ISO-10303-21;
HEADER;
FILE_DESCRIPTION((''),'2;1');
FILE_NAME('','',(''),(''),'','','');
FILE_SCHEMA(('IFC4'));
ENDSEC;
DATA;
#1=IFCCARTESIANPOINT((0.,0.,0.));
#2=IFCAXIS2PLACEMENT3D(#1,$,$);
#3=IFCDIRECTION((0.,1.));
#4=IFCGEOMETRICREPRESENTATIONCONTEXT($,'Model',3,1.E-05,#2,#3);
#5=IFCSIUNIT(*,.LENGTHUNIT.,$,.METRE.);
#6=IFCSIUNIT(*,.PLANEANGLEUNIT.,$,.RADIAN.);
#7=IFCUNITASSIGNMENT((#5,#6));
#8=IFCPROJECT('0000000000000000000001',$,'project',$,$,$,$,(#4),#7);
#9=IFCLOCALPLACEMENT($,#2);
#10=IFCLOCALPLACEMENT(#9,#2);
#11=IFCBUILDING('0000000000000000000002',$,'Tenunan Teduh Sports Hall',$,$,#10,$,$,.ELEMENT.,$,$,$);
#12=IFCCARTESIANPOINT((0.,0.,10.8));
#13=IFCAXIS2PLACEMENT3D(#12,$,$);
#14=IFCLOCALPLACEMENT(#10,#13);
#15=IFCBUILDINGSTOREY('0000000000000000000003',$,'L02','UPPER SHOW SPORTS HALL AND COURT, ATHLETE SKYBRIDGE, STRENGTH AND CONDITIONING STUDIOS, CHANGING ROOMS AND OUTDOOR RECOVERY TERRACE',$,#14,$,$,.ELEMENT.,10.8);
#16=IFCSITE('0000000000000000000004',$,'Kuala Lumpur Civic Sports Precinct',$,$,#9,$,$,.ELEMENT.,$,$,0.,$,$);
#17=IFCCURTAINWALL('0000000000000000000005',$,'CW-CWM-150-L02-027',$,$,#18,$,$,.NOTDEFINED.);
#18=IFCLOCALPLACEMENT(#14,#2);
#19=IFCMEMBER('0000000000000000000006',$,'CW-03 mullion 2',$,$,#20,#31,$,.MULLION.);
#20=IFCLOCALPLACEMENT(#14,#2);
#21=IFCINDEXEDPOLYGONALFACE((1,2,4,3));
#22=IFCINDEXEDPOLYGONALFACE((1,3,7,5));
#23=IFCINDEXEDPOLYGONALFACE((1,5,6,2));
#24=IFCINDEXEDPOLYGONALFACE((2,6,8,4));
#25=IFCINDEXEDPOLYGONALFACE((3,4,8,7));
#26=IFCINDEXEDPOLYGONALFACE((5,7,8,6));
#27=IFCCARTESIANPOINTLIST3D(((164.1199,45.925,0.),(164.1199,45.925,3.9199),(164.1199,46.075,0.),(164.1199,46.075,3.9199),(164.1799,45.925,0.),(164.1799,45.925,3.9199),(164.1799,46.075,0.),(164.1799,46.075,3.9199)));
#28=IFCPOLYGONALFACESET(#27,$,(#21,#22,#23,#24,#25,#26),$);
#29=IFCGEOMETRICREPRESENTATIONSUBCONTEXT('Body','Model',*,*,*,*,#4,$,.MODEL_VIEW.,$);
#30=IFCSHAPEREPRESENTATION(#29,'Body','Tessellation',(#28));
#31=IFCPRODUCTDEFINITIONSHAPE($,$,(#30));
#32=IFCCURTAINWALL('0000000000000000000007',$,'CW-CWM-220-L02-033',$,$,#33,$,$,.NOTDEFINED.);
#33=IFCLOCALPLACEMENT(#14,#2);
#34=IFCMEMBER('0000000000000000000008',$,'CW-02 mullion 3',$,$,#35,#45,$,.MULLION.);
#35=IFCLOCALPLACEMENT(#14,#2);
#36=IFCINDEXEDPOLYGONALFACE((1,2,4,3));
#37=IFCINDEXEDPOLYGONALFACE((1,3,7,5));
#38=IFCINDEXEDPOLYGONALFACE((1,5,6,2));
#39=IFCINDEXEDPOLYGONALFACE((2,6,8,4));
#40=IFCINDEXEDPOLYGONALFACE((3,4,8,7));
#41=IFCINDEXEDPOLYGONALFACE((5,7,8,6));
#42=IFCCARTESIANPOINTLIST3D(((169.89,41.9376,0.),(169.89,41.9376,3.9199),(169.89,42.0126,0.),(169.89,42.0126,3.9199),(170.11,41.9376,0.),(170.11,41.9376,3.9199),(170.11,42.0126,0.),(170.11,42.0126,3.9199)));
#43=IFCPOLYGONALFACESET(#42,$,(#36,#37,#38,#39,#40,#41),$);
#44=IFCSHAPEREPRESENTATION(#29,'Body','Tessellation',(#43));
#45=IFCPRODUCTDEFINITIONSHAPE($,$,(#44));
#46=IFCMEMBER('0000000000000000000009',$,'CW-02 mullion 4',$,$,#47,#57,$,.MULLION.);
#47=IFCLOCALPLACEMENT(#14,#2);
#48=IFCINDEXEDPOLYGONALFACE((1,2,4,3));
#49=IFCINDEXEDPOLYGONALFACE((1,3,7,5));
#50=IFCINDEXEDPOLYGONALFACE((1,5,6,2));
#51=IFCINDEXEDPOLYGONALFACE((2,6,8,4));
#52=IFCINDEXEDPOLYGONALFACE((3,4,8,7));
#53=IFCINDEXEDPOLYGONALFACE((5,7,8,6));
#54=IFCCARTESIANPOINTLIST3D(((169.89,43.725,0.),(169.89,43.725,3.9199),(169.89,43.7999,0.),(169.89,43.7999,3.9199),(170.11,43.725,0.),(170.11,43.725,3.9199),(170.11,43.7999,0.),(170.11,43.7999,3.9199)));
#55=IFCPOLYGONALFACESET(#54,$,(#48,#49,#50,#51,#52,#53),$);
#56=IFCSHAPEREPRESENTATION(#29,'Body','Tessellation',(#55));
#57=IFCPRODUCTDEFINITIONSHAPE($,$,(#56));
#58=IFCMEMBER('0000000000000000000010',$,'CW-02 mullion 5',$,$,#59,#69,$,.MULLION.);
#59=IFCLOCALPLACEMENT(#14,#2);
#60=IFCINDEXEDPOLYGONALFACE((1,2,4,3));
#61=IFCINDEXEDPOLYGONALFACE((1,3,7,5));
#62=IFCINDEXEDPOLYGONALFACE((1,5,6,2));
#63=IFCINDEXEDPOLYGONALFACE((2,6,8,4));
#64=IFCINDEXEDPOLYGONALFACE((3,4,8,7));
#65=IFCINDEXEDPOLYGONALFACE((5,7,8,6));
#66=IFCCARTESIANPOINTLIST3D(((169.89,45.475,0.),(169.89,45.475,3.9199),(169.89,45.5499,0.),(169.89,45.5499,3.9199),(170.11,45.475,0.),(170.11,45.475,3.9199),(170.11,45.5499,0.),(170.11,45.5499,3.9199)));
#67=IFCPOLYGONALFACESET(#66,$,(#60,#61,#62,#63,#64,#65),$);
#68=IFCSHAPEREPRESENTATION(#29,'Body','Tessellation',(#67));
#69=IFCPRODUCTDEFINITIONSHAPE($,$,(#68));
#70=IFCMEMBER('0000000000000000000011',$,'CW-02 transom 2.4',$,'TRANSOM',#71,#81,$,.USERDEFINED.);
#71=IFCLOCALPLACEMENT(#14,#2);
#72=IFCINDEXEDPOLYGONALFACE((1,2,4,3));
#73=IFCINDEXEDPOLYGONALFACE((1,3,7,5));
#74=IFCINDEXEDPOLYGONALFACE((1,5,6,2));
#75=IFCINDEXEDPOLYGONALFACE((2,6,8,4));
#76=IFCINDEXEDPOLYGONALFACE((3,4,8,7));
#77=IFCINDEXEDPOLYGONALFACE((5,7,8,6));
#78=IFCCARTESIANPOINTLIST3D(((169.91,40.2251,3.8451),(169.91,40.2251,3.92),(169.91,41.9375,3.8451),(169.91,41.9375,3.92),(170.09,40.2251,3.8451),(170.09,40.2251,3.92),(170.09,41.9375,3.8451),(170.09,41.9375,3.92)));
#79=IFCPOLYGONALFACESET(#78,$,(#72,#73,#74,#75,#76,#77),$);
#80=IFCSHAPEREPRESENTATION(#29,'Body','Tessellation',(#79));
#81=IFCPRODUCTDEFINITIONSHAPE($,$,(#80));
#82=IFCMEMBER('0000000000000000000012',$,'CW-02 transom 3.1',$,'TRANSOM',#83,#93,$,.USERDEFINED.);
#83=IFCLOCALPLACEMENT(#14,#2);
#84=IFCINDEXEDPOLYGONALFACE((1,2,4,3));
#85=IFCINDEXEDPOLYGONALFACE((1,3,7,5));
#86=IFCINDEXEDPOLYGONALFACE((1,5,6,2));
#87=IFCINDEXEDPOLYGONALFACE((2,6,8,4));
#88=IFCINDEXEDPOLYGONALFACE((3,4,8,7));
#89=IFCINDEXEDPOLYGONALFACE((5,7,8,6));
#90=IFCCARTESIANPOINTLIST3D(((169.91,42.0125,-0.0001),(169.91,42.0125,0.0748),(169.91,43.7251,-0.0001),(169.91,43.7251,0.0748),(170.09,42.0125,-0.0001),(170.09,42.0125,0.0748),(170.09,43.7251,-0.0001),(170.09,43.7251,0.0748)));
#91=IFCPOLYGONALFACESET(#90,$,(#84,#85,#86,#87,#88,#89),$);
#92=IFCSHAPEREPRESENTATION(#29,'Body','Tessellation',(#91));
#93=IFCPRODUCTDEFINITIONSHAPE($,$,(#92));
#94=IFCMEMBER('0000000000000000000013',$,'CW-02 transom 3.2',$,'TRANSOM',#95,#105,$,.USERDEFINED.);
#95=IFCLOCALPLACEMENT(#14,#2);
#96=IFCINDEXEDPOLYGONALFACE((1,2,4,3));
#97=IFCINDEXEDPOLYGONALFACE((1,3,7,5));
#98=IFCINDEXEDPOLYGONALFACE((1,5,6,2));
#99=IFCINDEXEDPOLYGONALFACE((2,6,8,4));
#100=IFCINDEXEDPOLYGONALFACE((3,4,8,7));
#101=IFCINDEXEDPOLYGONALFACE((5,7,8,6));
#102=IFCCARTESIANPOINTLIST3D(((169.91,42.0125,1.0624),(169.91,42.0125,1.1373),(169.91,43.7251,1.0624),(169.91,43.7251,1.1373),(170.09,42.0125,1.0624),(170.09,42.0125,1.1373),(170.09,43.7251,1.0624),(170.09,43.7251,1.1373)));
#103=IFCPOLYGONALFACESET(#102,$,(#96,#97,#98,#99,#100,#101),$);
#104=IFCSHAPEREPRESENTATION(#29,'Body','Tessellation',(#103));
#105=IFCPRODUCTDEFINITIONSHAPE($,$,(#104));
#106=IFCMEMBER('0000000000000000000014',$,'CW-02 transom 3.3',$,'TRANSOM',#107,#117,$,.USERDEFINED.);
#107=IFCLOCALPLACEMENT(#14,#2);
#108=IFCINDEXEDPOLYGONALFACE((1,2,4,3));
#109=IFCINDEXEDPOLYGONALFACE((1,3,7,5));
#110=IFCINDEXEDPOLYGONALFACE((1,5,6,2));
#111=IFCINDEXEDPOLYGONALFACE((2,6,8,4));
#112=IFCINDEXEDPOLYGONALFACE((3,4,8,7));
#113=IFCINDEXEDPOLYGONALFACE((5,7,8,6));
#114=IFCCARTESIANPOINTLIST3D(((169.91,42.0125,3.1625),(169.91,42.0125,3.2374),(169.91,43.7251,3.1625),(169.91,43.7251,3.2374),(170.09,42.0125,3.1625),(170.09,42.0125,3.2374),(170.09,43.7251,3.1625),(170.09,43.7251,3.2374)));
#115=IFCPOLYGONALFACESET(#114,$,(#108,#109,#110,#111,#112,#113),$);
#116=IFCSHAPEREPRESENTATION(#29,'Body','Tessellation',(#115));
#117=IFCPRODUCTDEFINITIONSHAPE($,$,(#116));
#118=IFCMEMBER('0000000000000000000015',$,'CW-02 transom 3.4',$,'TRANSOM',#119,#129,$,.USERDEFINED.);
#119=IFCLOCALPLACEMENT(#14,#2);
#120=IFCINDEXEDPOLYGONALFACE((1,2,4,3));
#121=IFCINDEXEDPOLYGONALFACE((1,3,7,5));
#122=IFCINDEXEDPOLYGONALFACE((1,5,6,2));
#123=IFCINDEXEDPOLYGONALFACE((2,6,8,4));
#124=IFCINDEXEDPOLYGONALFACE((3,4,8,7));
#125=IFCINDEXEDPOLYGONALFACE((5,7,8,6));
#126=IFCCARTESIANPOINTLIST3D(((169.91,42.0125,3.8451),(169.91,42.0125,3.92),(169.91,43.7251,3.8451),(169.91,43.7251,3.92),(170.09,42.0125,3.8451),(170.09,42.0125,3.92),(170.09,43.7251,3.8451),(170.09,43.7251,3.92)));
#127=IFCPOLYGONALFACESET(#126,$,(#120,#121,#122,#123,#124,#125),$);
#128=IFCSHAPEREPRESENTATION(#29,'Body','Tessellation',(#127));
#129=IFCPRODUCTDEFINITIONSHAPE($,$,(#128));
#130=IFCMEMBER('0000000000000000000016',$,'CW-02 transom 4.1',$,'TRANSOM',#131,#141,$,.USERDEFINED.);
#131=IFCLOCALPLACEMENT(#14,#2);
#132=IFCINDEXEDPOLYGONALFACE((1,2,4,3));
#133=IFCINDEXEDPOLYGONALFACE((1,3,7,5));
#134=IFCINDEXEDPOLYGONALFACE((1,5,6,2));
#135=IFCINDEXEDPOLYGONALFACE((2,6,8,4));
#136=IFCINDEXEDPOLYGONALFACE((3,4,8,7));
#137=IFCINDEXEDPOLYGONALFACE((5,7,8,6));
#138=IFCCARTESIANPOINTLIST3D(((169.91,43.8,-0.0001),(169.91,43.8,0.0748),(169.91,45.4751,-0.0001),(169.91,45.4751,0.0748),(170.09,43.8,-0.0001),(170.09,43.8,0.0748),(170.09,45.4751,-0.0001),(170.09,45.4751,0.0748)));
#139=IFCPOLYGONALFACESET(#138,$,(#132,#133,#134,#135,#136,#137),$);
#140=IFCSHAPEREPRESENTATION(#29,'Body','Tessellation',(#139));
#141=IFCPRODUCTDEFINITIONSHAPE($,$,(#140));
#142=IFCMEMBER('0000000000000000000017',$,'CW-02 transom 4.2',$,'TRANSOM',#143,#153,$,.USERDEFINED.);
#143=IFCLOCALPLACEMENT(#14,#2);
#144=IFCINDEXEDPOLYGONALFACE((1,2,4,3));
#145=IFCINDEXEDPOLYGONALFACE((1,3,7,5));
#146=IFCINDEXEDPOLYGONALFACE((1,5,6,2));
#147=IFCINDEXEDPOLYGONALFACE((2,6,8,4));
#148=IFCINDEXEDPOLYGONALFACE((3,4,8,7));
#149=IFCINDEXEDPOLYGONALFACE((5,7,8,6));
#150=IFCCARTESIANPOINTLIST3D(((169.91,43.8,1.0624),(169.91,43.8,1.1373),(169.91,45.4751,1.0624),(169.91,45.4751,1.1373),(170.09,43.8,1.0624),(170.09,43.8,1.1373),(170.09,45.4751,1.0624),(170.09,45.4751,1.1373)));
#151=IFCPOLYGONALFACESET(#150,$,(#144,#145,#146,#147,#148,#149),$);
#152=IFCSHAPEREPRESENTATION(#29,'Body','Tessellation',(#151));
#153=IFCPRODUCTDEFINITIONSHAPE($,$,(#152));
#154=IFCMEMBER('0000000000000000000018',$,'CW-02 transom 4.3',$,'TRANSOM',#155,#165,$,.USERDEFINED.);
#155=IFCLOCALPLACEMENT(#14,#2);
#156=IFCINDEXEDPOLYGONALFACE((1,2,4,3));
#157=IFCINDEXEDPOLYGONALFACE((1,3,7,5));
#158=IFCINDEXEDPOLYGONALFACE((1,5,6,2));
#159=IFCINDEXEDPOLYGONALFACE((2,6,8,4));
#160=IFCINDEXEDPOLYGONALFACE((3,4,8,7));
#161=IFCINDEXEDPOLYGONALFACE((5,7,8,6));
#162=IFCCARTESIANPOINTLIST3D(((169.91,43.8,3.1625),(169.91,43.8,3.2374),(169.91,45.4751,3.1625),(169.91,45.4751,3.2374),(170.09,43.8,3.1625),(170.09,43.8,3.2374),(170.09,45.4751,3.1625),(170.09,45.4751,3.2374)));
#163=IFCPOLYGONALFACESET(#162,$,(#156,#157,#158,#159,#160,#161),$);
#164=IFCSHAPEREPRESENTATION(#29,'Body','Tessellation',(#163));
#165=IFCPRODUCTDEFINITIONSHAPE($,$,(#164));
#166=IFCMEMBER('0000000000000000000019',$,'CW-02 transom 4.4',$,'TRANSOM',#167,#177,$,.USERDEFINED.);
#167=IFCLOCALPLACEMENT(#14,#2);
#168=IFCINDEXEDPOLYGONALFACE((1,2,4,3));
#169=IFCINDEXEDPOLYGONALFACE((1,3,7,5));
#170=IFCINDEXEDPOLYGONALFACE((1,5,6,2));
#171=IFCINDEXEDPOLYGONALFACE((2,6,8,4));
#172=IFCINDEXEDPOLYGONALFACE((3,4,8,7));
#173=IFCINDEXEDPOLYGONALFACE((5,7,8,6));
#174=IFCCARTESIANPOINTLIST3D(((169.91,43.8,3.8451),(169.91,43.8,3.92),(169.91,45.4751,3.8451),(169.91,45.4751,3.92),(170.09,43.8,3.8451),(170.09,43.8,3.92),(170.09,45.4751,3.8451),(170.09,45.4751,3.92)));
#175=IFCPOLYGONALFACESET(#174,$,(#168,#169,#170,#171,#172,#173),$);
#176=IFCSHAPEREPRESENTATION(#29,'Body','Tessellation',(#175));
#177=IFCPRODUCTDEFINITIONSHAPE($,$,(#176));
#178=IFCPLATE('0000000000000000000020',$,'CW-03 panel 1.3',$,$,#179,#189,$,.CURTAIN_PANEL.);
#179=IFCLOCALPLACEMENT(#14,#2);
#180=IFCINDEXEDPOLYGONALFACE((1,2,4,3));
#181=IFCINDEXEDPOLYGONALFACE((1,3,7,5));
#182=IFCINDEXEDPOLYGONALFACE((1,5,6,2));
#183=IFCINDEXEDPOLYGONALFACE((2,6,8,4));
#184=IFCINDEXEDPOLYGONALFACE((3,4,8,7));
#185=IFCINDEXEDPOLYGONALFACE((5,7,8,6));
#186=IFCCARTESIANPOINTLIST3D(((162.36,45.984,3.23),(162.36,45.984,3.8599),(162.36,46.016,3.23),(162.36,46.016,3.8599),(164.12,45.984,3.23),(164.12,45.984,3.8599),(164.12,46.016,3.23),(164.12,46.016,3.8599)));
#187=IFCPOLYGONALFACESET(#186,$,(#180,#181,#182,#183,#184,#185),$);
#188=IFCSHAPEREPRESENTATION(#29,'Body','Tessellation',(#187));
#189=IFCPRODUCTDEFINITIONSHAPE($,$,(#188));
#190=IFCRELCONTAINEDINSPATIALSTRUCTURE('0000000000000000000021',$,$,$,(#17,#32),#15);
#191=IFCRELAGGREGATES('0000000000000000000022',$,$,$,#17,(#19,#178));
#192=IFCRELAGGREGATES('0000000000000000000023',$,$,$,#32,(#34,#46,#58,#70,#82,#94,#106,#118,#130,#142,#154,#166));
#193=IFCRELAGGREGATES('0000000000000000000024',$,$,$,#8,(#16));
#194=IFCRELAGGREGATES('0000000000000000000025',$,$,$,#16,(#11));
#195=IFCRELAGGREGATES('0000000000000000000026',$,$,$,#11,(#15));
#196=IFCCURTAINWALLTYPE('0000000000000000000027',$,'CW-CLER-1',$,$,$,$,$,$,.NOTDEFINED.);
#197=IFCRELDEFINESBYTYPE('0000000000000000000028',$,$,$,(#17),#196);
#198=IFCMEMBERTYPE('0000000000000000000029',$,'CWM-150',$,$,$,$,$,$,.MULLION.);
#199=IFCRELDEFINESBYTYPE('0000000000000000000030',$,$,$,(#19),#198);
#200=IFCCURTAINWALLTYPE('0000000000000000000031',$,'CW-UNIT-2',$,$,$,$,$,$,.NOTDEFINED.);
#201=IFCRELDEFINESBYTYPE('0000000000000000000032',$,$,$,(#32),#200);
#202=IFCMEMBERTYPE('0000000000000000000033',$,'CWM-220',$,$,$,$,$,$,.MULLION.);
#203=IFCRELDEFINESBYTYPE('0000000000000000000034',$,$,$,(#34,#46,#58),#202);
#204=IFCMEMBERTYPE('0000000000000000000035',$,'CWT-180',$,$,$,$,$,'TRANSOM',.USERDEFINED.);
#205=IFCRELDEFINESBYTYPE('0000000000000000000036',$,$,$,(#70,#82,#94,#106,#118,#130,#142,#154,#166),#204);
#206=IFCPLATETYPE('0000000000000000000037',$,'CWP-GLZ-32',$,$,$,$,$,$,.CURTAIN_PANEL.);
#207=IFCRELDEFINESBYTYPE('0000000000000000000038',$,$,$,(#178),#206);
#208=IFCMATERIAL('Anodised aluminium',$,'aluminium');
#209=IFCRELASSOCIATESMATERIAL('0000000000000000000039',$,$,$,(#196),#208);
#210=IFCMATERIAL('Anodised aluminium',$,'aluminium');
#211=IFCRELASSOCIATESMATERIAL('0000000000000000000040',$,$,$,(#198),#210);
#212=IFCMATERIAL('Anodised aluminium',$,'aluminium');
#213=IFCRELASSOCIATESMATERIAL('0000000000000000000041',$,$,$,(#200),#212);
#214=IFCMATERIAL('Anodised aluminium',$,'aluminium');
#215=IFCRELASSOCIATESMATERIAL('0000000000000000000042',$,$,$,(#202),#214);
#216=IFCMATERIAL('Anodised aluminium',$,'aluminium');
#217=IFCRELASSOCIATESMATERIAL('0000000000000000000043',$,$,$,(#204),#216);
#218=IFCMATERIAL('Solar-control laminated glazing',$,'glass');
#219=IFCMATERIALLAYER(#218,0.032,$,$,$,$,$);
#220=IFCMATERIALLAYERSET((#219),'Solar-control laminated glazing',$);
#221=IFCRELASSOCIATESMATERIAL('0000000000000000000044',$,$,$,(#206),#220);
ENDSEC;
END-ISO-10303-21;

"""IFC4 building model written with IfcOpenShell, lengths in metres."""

from ifc_helpers import new_model, si_unit, direction, frame, origin, origin_2d, place, context, subcontext, project, spatial, rectangle, extrude, material, layer, layer_set, material_profile, profile_set, type_object, element, aggregate, save


model = new_model("IFC4")

# Units and contexts
model_context = context("Model", 3, precision=1e-05, world=origin(), true_north=direction((0.0, 1.0)))
body_context = subcontext(model_context, "Body", "Model", "MODEL_VIEW")
ifc_project = project(units=[si_unit("LENGTHUNIT", "METRE"), si_unit("PLANEANGLEUNIT", "RADIAN")], contexts=[model_context])

# Site, building, storey
site_placement = place(None, origin())
site = spatial("IfcSite", under=ifc_project, at=site_placement, Name="Kuala Lumpur Civic Sports Precinct", CompositionType="ELEMENT", RefElevation=0.0)
building_placement = place(site_placement, origin())
building = spatial("IfcBuilding", under=site, at=building_placement, Name="Tenunan Teduh Sports Hall", CompositionType="ELEMENT")
storey_placement = place(building_placement, frame((0.0, 0.0, 10.8)))
storey = spatial("IfcBuildingStorey", under=building, at=storey_placement, Name="L02", Description="UPPER SHOW SPORTS HALL AND COURT, ATHLETE SKYBRIDGE, STRENGTH AND CONDITIONING STUDIOS, CHANGING ROOMS AND OUTDOOR RECOVERY TERRACE", CompositionType="ELEMENT", Elevation=10.8)

# Curtain wall, member
ifc_material_1 = material(Name="Anodised aluminium", Category="aluminium")
curtain_wall_type_1 = type_object("IfcCurtainWallType", Name="CW-CLER-1", PredefinedType="NOTDEFINED", material=ifc_material_1)
curtain_wall_1_placement = place(storey_placement, origin())
curtain_wall_1 = element("IfcCurtainWall", 1, at=curtain_wall_1_placement, inside=storey, type_object=curtain_wall_type_1, Name="CW-CWM-150-L02-027", PredefinedType="NOTDEFINED")
ifc_material_2 = material(Name="Anodised aluminium", Category="aluminium")
ifc_material_profile_1 = material_profile(ifc_material_2, rectangle(XDim=0.0601, YDim=0.1499, at=origin_2d()), Name="CWM 60x150")
ifc_profile_set_1 = profile_set([ifc_material_profile_1], Name="Anodised aluminium")
member_type_1 = type_object("IfcMemberType", Name="CWM-150", PredefinedType="MULLION", material=ifc_profile_set_1)
member_1_placement = place(storey_placement, frame((164.1499, 46.0, 0.0), z_axis=(0.0, 0.0, 1.0), x_axis=(1.0, 0.0, 0.0)))
member_1 = element("IfcMember", 2, at=member_1_placement, type_object=member_type_1, Name="CW-03 mullion 2", PredefinedType="MULLION", context=body_context, shape_type="SweptSolid", body=[
    extrude(rectangle(XDim=0.0601, YDim=0.1499, at=origin_2d()), origin(), (0.0, 0.0, 1.0), 3.9199),
])

# Curtain wall, members
ifc_material_3 = material(Name="Anodised aluminium", Category="aluminium")
curtain_wall_type_2 = type_object("IfcCurtainWallType", Name="CW-UNIT-2", PredefinedType="NOTDEFINED", material=ifc_material_3)
curtain_wall_2_placement = place(storey_placement, origin())
curtain_wall_2 = element("IfcCurtainWall", 3, at=curtain_wall_2_placement, inside=storey, type_object=curtain_wall_type_2, Name="CW-CWM-220-L02-033", PredefinedType="NOTDEFINED")
ifc_material_4 = material(Name="Anodised aluminium", Category="aluminium")
ifc_material_profile_2 = material_profile(ifc_material_4, rectangle(XDim=0.075, YDim=0.22, at=origin_2d()), Name="CWM 75x220")
ifc_profile_set_2 = profile_set([ifc_material_profile_2], Name="Anodised aluminium")
member_type_2 = type_object("IfcMemberType", Name="CWM-220", PredefinedType="MULLION", material=ifc_profile_set_2)
member_2_placement = place(storey_placement, frame((170.0, 41.9751, 0.0), z_axis=(0.0, 0.0, 1.0), x_axis=(0.0, 1.0, 0.0)))
member_2 = element("IfcMember", 4, at=member_2_placement, type_object=member_type_2, Name="CW-02 mullion 3", PredefinedType="MULLION", context=body_context, shape_type="SweptSolid", body=[
    extrude(rectangle(XDim=0.075, YDim=0.22, at=origin_2d()), origin(), (0.0, 0.0, 1.0), 3.9199),
])
member_3_placement = place(storey_placement, frame((170.0, 43.7625, 0.0), z_axis=(0.0, 0.0, 1.0), x_axis=(0.0, 1.0, 0.0)))
member_3 = element("IfcMember", 5, at=member_3_placement, type_object=member_type_2, Name="CW-02 mullion 4", PredefinedType="MULLION", context=body_context, shape_type="SweptSolid", body=[
    extrude(rectangle(XDim=0.075, YDim=0.22, at=origin_2d()), origin(), (0.0, 0.0, 1.0), 3.9199),
])
member_4_placement = place(storey_placement, frame((170.0, 45.5125, 0.0), z_axis=(0.0, 0.0, 1.0), x_axis=(0.0, 1.0, 0.0)))
member_4 = element("IfcMember", 6, at=member_4_placement, type_object=member_type_2, Name="CW-02 mullion 5", PredefinedType="MULLION", context=body_context, shape_type="SweptSolid", body=[
    extrude(rectangle(XDim=0.075, YDim=0.22, at=origin_2d()), origin(), (0.0, 0.0, 1.0), 3.9199),
])
ifc_material_5 = material(Name="Anodised aluminium", Category="aluminium")
ifc_material_profile_3 = material_profile(ifc_material_5, rectangle(XDim=0.075, YDim=0.1799, at=origin_2d()), Name="CWT 75x180")
ifc_profile_set_3 = profile_set([ifc_material_profile_3], Name="Anodised aluminium")
member_type_3 = type_object("IfcMemberType", Name="CWT-180", ElementType="TRANSOM", PredefinedType="USERDEFINED", material=ifc_profile_set_3)
member_5_placement = place(storey_placement, frame((170.0, 40.2251, 3.8826), z_axis=(0.0, 1.0, 0.0), x_axis=(0.0, 0.0, 1.0)))
member_5 = element("IfcMember", 7, at=member_5_placement, type_object=member_type_3, Name="CW-02 transom 2.4", ObjectType="TRANSOM", PredefinedType="USERDEFINED", context=body_context, shape_type="SweptSolid", body=[
    extrude(rectangle(XDim=0.075, YDim=0.1799, at=origin_2d()), origin(), (0.0, 0.0, 1.0), 1.7124),
])
member_6_placement = place(storey_placement, frame((170.0, 42.0125, 0.0374), z_axis=(0.0, 1.0, 0.0), x_axis=(0.0, 0.0, 1.0)))
member_6 = element("IfcMember", 8, at=member_6_placement, type_object=member_type_3, Name="CW-02 transom 3.1", ObjectType="TRANSOM", PredefinedType="USERDEFINED", context=body_context, shape_type="SweptSolid", body=[
    extrude(rectangle(XDim=0.075, YDim=0.1799, at=origin_2d()), origin(), (0.0, 0.0, 1.0), 1.7126),
])
member_7_placement = place(storey_placement, frame((170.0, 42.0125, 1.0999), z_axis=(0.0, 1.0, 0.0), x_axis=(0.0, 0.0, 1.0)))
member_7 = element("IfcMember", 9, at=member_7_placement, type_object=member_type_3, Name="CW-02 transom 3.2", ObjectType="TRANSOM", PredefinedType="USERDEFINED", context=body_context, shape_type="SweptSolid", body=[
    extrude(rectangle(XDim=0.075, YDim=0.1799, at=origin_2d()), origin(), (0.0, 0.0, 1.0), 1.7126),
])
member_8_placement = place(storey_placement, frame((170.0, 42.0125, 3.2), z_axis=(0.0, 1.0, 0.0), x_axis=(0.0, 0.0, 1.0)))
member_8 = element("IfcMember", 10, at=member_8_placement, type_object=member_type_3, Name="CW-02 transom 3.3", ObjectType="TRANSOM", PredefinedType="USERDEFINED", context=body_context, shape_type="SweptSolid", body=[
    extrude(rectangle(XDim=0.075, YDim=0.1799, at=origin_2d()), origin(), (0.0, 0.0, 1.0), 1.7126),
])
member_9_placement = place(storey_placement, frame((170.0, 42.0125, 3.8826), z_axis=(0.0, 1.0, 0.0), x_axis=(0.0, 0.0, 1.0)))
member_9 = element("IfcMember", 11, at=member_9_placement, type_object=member_type_3, Name="CW-02 transom 3.4", ObjectType="TRANSOM", PredefinedType="USERDEFINED", context=body_context, shape_type="SweptSolid", body=[
    extrude(rectangle(XDim=0.075, YDim=0.1799, at=origin_2d()), origin(), (0.0, 0.0, 1.0), 1.7126),
])
member_10_placement = place(storey_placement, frame((170.0, 43.8, 0.0374), z_axis=(0.0, 1.0, 0.0), x_axis=(0.0, 0.0, 1.0)))
member_10 = element("IfcMember", 12, at=member_10_placement, type_object=member_type_3, Name="CW-02 transom 4.1", ObjectType="TRANSOM", PredefinedType="USERDEFINED", context=body_context, shape_type="SweptSolid", body=[
    extrude(rectangle(XDim=0.075, YDim=0.1799, at=origin_2d()), origin(), (0.0, 0.0, 1.0), 1.675),
])
member_11_placement = place(storey_placement, frame((170.0, 43.8, 1.0999), z_axis=(0.0, 1.0, 0.0), x_axis=(0.0, 0.0, 1.0)))
member_11 = element("IfcMember", 13, at=member_11_placement, type_object=member_type_3, Name="CW-02 transom 4.2", ObjectType="TRANSOM", PredefinedType="USERDEFINED", context=body_context, shape_type="SweptSolid", body=[
    extrude(rectangle(XDim=0.075, YDim=0.1799, at=origin_2d()), origin(), (0.0, 0.0, 1.0), 1.675),
])
member_12_placement = place(storey_placement, frame((170.0, 43.8, 3.2), z_axis=(0.0, 1.0, 0.0), x_axis=(0.0, 0.0, 1.0)))
member_12 = element("IfcMember", 14, at=member_12_placement, type_object=member_type_3, Name="CW-02 transom 4.3", ObjectType="TRANSOM", PredefinedType="USERDEFINED", context=body_context, shape_type="SweptSolid", body=[
    extrude(rectangle(XDim=0.075, YDim=0.1799, at=origin_2d()), origin(), (0.0, 0.0, 1.0), 1.675),
])
member_13_placement = place(storey_placement, frame((170.0, 43.8, 3.8826), z_axis=(0.0, 1.0, 0.0), x_axis=(0.0, 0.0, 1.0)))
member_13 = element("IfcMember", 15, at=member_13_placement, type_object=member_type_3, Name="CW-02 transom 4.4", ObjectType="TRANSOM", PredefinedType="USERDEFINED", context=body_context, shape_type="SweptSolid", body=[
    extrude(rectangle(XDim=0.075, YDim=0.1799, at=origin_2d()), origin(), (0.0, 0.0, 1.0), 1.675),
])

# Plate
ifc_material_6 = material(Name="Solar-control laminated glazing", Category="glass")
ifc_layer_1 = layer(ifc_material_6, 0.032)
ifc_layer_set_1 = layer_set([ifc_layer_1], Name="Solar-control laminated glazing")
plate_type_1 = type_object("IfcPlateType", Name="CWP-GLZ-32", PredefinedType="CURTAIN_PANEL", material=ifc_layer_set_1)
plate_1_placement = place(storey_placement, frame((163.24, 46.0, 3.23), z_axis=(0.0, 0.0, 1.0), x_axis=(1.0, 0.0, 0.0)))
plate_1 = element("IfcPlate", 16, at=plate_1_placement, type_object=plate_type_1, Name="CW-03 panel 1.3", PredefinedType="CURTAIN_PANEL", context=body_context, shape_type="SweptSolid", body=[
    extrude(rectangle(XDim=1.76, YDim=0.032, at=origin_2d()), origin(), (0.0, 0.0, 1.0), 0.6299),
])
aggregate(curtain_wall_1, [member_1, plate_1])
aggregate(curtain_wall_2, [member_2, member_3, member_4, member_5, member_6, member_7, member_8, member_9, member_10, member_11, member_12, member_13])

save(model, "model.ifc")
